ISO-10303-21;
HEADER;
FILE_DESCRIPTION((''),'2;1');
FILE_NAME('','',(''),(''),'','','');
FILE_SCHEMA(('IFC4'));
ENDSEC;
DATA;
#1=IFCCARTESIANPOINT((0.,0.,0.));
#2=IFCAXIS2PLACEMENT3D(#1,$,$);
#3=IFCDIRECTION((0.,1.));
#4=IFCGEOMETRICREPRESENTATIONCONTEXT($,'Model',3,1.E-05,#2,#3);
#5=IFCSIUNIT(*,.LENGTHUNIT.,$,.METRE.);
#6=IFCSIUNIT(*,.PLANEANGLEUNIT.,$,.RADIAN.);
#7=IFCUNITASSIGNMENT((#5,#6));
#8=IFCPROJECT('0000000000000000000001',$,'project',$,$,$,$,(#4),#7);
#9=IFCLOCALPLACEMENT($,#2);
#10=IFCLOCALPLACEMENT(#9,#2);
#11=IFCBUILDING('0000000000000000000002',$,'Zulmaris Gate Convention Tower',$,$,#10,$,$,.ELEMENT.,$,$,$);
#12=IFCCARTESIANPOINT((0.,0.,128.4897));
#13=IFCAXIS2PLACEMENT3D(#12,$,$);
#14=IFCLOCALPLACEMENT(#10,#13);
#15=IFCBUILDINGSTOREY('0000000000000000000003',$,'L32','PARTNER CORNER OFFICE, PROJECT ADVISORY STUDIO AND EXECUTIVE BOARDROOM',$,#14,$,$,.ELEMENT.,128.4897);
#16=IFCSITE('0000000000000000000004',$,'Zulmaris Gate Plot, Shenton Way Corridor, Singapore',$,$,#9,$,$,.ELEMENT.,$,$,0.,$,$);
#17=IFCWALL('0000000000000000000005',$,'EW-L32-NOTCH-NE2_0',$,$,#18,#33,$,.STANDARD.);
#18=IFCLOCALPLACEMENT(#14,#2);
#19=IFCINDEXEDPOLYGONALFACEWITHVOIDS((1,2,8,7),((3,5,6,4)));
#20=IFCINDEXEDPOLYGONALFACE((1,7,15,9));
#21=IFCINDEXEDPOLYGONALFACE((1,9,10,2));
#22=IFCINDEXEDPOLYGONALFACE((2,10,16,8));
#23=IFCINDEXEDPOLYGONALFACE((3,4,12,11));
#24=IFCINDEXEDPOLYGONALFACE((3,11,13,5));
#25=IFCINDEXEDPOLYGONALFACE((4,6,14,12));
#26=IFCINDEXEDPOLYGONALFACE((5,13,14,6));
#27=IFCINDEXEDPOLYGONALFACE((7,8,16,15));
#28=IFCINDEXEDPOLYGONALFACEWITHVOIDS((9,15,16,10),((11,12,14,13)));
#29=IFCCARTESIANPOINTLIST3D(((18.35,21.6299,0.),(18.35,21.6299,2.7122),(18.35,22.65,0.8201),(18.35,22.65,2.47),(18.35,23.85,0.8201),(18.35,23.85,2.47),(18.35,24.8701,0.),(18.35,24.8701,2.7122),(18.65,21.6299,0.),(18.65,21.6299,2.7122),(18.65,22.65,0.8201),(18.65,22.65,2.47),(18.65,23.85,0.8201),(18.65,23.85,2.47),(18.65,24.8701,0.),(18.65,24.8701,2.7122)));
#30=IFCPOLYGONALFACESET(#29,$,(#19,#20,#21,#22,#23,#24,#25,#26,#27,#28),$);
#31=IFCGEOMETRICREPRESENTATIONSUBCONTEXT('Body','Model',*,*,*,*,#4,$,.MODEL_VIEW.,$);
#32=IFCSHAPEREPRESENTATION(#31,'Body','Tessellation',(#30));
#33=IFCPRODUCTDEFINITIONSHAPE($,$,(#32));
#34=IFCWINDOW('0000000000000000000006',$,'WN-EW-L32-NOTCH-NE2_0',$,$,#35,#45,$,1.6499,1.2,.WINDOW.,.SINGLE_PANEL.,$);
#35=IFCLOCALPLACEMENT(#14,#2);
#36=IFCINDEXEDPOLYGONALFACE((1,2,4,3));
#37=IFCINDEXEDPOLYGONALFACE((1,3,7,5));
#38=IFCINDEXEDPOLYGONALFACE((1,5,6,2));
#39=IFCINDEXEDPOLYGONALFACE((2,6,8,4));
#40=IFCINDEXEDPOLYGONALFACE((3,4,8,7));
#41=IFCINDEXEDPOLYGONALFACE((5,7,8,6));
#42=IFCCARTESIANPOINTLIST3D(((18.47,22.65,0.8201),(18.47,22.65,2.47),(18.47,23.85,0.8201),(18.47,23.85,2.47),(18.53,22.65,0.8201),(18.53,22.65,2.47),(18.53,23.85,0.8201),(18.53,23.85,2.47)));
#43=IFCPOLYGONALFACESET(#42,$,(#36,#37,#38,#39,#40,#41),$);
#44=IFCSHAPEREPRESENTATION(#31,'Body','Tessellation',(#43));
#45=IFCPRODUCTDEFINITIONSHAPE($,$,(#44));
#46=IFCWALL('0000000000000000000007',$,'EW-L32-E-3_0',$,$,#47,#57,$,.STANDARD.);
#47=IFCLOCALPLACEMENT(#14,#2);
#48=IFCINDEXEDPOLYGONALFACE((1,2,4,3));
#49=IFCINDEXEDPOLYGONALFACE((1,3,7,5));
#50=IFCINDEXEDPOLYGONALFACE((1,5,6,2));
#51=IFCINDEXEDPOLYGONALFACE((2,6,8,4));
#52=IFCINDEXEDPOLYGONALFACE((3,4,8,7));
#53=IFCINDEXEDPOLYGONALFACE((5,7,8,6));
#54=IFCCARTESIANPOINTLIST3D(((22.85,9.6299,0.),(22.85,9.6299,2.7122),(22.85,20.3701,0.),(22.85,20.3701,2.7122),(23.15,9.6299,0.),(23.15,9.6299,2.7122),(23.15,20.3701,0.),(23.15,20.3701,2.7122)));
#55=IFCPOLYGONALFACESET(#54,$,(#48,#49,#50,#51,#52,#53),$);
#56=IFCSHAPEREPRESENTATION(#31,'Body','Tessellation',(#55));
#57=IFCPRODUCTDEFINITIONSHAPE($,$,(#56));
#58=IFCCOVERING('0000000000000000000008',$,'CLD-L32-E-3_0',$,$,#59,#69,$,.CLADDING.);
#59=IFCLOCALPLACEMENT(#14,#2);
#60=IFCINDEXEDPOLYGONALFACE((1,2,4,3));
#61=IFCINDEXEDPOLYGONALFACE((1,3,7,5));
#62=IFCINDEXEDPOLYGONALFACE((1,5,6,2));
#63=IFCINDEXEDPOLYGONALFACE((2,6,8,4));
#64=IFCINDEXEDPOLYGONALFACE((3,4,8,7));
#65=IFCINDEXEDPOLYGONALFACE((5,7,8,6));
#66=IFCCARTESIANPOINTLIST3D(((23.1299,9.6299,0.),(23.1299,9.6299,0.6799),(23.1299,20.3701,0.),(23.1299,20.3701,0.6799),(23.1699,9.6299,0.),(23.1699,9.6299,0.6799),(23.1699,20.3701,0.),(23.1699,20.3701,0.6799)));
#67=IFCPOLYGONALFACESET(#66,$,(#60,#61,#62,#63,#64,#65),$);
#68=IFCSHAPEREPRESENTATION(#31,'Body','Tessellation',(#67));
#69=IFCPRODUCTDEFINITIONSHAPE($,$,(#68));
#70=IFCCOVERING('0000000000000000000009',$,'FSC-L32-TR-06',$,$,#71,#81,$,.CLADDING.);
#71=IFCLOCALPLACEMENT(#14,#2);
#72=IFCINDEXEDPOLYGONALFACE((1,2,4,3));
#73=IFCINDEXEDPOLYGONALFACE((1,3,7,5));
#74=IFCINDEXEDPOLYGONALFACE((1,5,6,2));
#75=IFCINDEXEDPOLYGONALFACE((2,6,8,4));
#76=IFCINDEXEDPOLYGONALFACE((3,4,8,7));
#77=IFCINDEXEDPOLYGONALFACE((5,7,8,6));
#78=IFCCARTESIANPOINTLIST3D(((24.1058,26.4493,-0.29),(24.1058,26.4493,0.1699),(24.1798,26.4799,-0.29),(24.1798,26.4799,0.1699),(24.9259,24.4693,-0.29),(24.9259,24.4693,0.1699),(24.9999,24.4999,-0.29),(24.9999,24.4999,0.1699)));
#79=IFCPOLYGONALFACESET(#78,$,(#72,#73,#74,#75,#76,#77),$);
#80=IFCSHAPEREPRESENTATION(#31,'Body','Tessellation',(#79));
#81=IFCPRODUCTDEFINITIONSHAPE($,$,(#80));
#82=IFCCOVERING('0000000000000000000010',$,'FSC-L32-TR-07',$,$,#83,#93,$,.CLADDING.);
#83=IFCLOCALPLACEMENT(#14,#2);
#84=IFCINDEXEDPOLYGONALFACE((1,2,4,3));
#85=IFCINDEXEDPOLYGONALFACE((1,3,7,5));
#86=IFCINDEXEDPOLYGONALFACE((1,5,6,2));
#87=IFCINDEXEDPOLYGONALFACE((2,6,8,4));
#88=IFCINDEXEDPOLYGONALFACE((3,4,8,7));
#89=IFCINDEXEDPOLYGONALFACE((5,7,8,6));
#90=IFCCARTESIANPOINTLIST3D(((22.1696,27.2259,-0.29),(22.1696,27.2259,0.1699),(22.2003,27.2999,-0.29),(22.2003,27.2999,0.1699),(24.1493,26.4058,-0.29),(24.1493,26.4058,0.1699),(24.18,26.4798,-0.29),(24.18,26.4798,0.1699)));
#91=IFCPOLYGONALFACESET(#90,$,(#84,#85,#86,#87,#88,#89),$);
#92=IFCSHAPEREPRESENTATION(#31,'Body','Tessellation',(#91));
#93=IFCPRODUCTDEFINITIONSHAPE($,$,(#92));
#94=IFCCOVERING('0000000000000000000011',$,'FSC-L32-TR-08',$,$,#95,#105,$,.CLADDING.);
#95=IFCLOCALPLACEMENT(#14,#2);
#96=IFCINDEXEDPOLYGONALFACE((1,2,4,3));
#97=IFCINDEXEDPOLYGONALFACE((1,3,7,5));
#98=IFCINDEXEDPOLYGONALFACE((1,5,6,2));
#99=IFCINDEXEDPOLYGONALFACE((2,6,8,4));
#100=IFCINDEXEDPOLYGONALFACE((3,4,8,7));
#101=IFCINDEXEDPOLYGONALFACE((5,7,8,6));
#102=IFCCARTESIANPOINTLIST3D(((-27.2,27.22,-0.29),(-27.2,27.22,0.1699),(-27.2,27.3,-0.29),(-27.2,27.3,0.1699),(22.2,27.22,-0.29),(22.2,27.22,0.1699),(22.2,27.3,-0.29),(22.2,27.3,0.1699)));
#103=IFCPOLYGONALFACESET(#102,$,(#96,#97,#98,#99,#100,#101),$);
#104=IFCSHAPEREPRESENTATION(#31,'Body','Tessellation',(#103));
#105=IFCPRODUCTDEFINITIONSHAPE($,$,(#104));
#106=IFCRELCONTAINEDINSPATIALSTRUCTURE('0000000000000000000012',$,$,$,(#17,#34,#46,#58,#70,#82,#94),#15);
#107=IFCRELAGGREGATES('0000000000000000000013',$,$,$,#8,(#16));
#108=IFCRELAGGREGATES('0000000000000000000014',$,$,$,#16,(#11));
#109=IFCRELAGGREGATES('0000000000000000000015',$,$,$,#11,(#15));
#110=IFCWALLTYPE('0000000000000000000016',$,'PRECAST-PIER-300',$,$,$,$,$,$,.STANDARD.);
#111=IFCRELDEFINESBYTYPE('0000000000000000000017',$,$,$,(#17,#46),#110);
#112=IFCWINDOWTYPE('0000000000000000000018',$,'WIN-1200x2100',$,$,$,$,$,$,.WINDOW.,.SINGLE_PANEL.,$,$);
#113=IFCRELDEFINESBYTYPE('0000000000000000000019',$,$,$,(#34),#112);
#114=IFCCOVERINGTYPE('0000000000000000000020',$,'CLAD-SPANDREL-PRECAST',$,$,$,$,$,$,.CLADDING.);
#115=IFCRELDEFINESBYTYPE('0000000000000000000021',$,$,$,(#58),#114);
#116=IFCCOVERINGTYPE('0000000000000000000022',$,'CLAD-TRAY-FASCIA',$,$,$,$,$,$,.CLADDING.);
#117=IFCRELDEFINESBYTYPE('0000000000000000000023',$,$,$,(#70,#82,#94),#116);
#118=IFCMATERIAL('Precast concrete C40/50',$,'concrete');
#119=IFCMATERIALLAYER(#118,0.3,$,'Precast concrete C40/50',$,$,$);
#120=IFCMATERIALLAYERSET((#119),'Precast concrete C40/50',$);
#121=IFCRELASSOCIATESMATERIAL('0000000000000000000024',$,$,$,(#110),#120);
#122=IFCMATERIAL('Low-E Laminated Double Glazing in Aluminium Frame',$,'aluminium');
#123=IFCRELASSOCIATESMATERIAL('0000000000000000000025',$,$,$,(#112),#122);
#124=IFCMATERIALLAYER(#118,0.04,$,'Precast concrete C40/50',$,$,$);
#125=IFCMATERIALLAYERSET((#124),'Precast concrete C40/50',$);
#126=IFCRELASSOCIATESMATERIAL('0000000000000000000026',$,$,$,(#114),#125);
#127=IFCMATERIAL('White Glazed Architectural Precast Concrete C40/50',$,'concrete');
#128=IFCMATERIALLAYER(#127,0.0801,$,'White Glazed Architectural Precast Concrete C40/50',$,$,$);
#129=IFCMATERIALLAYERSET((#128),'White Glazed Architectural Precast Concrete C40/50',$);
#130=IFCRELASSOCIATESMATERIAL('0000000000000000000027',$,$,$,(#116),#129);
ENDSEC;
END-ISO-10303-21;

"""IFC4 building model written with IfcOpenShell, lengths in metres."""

from ifc_helpers import new_model, si_unit, direction, frame, frame_2d, origin, place, context, subcontext, project, spatial, rectangle, extrude, material, layer, layer_set, type_object, element, fill, save


model = new_model("IFC4")

# Units and contexts
model_context = context("Model", 3, precision=1e-05, world=origin(), true_north=direction((0.0, 1.0)))
body_context = subcontext(model_context, "Body", "Model", "MODEL_VIEW")
ifc_project = project(units=[si_unit("LENGTHUNIT", "METRE"), si_unit("PLANEANGLEUNIT", "RADIAN")], contexts=[model_context])

# Site, building, storey
site_placement = place(None, origin())
site = spatial("IfcSite", under=ifc_project, at=site_placement, Name="Zulmaris Gate Plot, Shenton Way Corridor, Singapore", CompositionType="ELEMENT", RefElevation=0.0)
building_placement = place(site_placement, origin())
building = spatial("IfcBuilding", under=site, at=building_placement, Name="Zulmaris Gate Convention Tower", CompositionType="ELEMENT")
storey_placement = place(building_placement, frame((0.0, 0.0, 128.4897)))
storey = spatial("IfcBuildingStorey", under=building, at=storey_placement, Name="L32", Description="PARTNER CORNER OFFICE, PROJECT ADVISORY STUDIO AND EXECUTIVE BOARDROOM", CompositionType="ELEMENT", Elevation=128.4897)

# Wall, opening, window
ifc_material_1 = material(Name="Precast concrete C40/50", Category="concrete")
ifc_layer_1 = layer(ifc_material_1, 0.3, Name="Precast concrete C40/50")
ifc_layer_set_1 = layer_set([ifc_layer_1], Name="Precast concrete C40/50")
wall_type_1 = type_object("IfcWallType", Name="PRECAST-PIER-300", PredefinedType="STANDARD", material=ifc_layer_set_1)
ifc_material_2 = material(Name="Low-E Laminated Double Glazing in Aluminium Frame", Category="aluminium")
window_type = type_object("IfcWindowType", Name="WIN-1200x2100", PartitioningType="SINGLE_PANEL", PredefinedType="WINDOW", material=ifc_material_2)
wall_1_placement = place(storey_placement, frame((18.5, 21.6299, 0.0), z_axis=(0.0, 0.0, 1.0), x_axis=(0.0, 1.0, 0.0)))
wall_1 = element("IfcWall", 1, at=wall_1_placement, inside=storey, type_object=wall_type_1, Name="EW-L32-NOTCH-NE2_0", PredefinedType="STANDARD", context=body_context, shape_type="SweptSolid", body=[
    extrude(rectangle(XDim=3.2402, YDim=0.3, at=frame_2d((1.6201, 0.0))), origin(), (0.0, 0.0, 1.0), 2.7122),
])
opening_1_placement = place(wall_1_placement, frame((1.02, 0.0, 0.8201)))
opening_1 = element("IfcOpeningElement", 2, at=opening_1_placement, cuts=wall_1, PredefinedType="OPENING", context=body_context, shape_type="SweptSolid", body=[
    extrude(rectangle(XDim=1.2, YDim=1.6499, at=frame_2d((0.6001, 0.825))), frame((0.0, 0.1602, 0.0), z_axis=(0.0, -1.0, 0.0), x_axis=(1.0, 0.0, 0.0)), (0.0, 0.0, 1.0), 0.3201),
])
window_1_placement = place(opening_1_placement, origin())
window_1 = element("IfcWindow", 3, at=window_1_placement, inside=storey, type_object=window_type, Name="WN-EW-L32-NOTCH-NE2_0", OverallHeight=1.6499, OverallWidth=1.2, PartitioningType="SINGLE_PANEL", PredefinedType="WINDOW", context=body_context, shape_type="SweptSolid", body=[
    extrude(rectangle(XDim=1.2, YDim=1.6499, at=frame_2d((0.6001, 0.825))), frame((0.0, 0.03, 0.0), z_axis=(0.0, -1.0, 0.0), x_axis=(1.0, 0.0, 0.0)), (0.0, 0.0, 1.0), 0.0601),
])
fill(opening_1, window_1)

# Wall
wall_2_placement = place(storey_placement, frame((23.0, 9.6299, 0.0), z_axis=(0.0, 0.0, 1.0), x_axis=(0.0, 1.0, 0.0)))
element("IfcWall", 4, at=wall_2_placement, inside=storey, type_object=wall_type_1, Name="EW-L32-E-3_0", PredefinedType="STANDARD", context=body_context, shape_type="SweptSolid", body=[
    extrude(rectangle(XDim=10.7402, YDim=0.3, at=frame_2d((5.3701, 0.0))), origin(), (0.0, 0.0, 1.0), 2.7122),
])

# Coverings
ifc_layer_2 = layer(ifc_material_1, 0.04, Name="Precast concrete C40/50")
ifc_layer_set_2 = layer_set([ifc_layer_2], Name="Precast concrete C40/50")
covering_type_1 = type_object("IfcCoveringType", Name="CLAD-SPANDREL-PRECAST", PredefinedType="CLADDING", material=ifc_layer_set_2)
covering_1_placement = place(storey_placement, frame((23.1499, 9.6299, 0.0), z_axis=(0.0, 0.0, 1.0), x_axis=(0.0, 1.0, 0.0)))
element("IfcCovering", 5, at=covering_1_placement, inside=storey, type_object=covering_type_1, Name="CLD-L32-E-3_0", PredefinedType="CLADDING", context=body_context, shape_type="SweptSolid", body=[
    extrude(rectangle(XDim=10.7402, YDim=0.04, at=frame_2d((5.3701, 0.0))), origin(), (0.0, 0.0, 1.0), 0.6799),
])
ifc_material_3 = material(Name="White Glazed Architectural Precast Concrete C40/50", Category="concrete")
ifc_layer_3 = layer(ifc_material_3, 0.0801, Name="White Glazed Architectural Precast Concrete C40/50")
ifc_layer_set_3 = layer_set([ifc_layer_3], Name="White Glazed Architectural Precast Concrete C40/50")
covering_type_2 = type_object("IfcCoveringType", Name="CLAD-TRAY-FASCIA", PredefinedType="CLADDING", material=ifc_layer_set_3)
covering_2_placement = place(storey_placement, frame((24.9629, 24.4846, -0.29), z_axis=(0.0, 0.0, 1.0), x_axis=(-0.382657, 0.92389, 0.0)))
element("IfcCovering", 6, at=covering_2_placement, inside=storey, type_object=covering_type_2, Name="FSC-L32-TR-06", PredefinedType="CLADDING", context=body_context, shape_type="SweptSolid", body=[
    extrude(rectangle(XDim=2.1431, YDim=0.0801, at=frame_2d((1.0715, 0.0))), origin(), (0.0, 0.0, 1.0), 0.46),
])
covering_3_placement = place(storey_placement, frame((24.1646, 26.4429, -0.29), z_axis=(0.0, 0.0, 1.0), x_axis=(-0.923874, 0.382697, 0.0)))
element("IfcCovering", 7, at=covering_3_placement, inside=storey, type_object=covering_type_2, Name="FSC-L32-TR-07", PredefinedType="CLADDING", context=body_context, shape_type="SweptSolid", body=[
    extrude(rectangle(XDim=2.1428, YDim=0.0801, at=frame_2d((1.0713, 0.0))), origin(), (0.0, 0.0, 1.0), 0.46),
])
covering_4_placement = place(storey_placement, frame((22.2, 27.26, -0.29), z_axis=(0.0, 0.0, 1.0), x_axis=(-1.0, 0.0, 0.0)))
element("IfcCovering", 8, at=covering_4_placement, inside=storey, type_object=covering_type_2, Name="FSC-L32-TR-08", PredefinedType="CLADDING", context=body_context, shape_type="SweptSolid", body=[
    extrude(rectangle(XDim=49.3999, YDim=0.0801, at=frame_2d((24.7, 0.0))), origin(), (0.0, 0.0, 1.0), 0.46),
])

save(model, "model.ifc")
